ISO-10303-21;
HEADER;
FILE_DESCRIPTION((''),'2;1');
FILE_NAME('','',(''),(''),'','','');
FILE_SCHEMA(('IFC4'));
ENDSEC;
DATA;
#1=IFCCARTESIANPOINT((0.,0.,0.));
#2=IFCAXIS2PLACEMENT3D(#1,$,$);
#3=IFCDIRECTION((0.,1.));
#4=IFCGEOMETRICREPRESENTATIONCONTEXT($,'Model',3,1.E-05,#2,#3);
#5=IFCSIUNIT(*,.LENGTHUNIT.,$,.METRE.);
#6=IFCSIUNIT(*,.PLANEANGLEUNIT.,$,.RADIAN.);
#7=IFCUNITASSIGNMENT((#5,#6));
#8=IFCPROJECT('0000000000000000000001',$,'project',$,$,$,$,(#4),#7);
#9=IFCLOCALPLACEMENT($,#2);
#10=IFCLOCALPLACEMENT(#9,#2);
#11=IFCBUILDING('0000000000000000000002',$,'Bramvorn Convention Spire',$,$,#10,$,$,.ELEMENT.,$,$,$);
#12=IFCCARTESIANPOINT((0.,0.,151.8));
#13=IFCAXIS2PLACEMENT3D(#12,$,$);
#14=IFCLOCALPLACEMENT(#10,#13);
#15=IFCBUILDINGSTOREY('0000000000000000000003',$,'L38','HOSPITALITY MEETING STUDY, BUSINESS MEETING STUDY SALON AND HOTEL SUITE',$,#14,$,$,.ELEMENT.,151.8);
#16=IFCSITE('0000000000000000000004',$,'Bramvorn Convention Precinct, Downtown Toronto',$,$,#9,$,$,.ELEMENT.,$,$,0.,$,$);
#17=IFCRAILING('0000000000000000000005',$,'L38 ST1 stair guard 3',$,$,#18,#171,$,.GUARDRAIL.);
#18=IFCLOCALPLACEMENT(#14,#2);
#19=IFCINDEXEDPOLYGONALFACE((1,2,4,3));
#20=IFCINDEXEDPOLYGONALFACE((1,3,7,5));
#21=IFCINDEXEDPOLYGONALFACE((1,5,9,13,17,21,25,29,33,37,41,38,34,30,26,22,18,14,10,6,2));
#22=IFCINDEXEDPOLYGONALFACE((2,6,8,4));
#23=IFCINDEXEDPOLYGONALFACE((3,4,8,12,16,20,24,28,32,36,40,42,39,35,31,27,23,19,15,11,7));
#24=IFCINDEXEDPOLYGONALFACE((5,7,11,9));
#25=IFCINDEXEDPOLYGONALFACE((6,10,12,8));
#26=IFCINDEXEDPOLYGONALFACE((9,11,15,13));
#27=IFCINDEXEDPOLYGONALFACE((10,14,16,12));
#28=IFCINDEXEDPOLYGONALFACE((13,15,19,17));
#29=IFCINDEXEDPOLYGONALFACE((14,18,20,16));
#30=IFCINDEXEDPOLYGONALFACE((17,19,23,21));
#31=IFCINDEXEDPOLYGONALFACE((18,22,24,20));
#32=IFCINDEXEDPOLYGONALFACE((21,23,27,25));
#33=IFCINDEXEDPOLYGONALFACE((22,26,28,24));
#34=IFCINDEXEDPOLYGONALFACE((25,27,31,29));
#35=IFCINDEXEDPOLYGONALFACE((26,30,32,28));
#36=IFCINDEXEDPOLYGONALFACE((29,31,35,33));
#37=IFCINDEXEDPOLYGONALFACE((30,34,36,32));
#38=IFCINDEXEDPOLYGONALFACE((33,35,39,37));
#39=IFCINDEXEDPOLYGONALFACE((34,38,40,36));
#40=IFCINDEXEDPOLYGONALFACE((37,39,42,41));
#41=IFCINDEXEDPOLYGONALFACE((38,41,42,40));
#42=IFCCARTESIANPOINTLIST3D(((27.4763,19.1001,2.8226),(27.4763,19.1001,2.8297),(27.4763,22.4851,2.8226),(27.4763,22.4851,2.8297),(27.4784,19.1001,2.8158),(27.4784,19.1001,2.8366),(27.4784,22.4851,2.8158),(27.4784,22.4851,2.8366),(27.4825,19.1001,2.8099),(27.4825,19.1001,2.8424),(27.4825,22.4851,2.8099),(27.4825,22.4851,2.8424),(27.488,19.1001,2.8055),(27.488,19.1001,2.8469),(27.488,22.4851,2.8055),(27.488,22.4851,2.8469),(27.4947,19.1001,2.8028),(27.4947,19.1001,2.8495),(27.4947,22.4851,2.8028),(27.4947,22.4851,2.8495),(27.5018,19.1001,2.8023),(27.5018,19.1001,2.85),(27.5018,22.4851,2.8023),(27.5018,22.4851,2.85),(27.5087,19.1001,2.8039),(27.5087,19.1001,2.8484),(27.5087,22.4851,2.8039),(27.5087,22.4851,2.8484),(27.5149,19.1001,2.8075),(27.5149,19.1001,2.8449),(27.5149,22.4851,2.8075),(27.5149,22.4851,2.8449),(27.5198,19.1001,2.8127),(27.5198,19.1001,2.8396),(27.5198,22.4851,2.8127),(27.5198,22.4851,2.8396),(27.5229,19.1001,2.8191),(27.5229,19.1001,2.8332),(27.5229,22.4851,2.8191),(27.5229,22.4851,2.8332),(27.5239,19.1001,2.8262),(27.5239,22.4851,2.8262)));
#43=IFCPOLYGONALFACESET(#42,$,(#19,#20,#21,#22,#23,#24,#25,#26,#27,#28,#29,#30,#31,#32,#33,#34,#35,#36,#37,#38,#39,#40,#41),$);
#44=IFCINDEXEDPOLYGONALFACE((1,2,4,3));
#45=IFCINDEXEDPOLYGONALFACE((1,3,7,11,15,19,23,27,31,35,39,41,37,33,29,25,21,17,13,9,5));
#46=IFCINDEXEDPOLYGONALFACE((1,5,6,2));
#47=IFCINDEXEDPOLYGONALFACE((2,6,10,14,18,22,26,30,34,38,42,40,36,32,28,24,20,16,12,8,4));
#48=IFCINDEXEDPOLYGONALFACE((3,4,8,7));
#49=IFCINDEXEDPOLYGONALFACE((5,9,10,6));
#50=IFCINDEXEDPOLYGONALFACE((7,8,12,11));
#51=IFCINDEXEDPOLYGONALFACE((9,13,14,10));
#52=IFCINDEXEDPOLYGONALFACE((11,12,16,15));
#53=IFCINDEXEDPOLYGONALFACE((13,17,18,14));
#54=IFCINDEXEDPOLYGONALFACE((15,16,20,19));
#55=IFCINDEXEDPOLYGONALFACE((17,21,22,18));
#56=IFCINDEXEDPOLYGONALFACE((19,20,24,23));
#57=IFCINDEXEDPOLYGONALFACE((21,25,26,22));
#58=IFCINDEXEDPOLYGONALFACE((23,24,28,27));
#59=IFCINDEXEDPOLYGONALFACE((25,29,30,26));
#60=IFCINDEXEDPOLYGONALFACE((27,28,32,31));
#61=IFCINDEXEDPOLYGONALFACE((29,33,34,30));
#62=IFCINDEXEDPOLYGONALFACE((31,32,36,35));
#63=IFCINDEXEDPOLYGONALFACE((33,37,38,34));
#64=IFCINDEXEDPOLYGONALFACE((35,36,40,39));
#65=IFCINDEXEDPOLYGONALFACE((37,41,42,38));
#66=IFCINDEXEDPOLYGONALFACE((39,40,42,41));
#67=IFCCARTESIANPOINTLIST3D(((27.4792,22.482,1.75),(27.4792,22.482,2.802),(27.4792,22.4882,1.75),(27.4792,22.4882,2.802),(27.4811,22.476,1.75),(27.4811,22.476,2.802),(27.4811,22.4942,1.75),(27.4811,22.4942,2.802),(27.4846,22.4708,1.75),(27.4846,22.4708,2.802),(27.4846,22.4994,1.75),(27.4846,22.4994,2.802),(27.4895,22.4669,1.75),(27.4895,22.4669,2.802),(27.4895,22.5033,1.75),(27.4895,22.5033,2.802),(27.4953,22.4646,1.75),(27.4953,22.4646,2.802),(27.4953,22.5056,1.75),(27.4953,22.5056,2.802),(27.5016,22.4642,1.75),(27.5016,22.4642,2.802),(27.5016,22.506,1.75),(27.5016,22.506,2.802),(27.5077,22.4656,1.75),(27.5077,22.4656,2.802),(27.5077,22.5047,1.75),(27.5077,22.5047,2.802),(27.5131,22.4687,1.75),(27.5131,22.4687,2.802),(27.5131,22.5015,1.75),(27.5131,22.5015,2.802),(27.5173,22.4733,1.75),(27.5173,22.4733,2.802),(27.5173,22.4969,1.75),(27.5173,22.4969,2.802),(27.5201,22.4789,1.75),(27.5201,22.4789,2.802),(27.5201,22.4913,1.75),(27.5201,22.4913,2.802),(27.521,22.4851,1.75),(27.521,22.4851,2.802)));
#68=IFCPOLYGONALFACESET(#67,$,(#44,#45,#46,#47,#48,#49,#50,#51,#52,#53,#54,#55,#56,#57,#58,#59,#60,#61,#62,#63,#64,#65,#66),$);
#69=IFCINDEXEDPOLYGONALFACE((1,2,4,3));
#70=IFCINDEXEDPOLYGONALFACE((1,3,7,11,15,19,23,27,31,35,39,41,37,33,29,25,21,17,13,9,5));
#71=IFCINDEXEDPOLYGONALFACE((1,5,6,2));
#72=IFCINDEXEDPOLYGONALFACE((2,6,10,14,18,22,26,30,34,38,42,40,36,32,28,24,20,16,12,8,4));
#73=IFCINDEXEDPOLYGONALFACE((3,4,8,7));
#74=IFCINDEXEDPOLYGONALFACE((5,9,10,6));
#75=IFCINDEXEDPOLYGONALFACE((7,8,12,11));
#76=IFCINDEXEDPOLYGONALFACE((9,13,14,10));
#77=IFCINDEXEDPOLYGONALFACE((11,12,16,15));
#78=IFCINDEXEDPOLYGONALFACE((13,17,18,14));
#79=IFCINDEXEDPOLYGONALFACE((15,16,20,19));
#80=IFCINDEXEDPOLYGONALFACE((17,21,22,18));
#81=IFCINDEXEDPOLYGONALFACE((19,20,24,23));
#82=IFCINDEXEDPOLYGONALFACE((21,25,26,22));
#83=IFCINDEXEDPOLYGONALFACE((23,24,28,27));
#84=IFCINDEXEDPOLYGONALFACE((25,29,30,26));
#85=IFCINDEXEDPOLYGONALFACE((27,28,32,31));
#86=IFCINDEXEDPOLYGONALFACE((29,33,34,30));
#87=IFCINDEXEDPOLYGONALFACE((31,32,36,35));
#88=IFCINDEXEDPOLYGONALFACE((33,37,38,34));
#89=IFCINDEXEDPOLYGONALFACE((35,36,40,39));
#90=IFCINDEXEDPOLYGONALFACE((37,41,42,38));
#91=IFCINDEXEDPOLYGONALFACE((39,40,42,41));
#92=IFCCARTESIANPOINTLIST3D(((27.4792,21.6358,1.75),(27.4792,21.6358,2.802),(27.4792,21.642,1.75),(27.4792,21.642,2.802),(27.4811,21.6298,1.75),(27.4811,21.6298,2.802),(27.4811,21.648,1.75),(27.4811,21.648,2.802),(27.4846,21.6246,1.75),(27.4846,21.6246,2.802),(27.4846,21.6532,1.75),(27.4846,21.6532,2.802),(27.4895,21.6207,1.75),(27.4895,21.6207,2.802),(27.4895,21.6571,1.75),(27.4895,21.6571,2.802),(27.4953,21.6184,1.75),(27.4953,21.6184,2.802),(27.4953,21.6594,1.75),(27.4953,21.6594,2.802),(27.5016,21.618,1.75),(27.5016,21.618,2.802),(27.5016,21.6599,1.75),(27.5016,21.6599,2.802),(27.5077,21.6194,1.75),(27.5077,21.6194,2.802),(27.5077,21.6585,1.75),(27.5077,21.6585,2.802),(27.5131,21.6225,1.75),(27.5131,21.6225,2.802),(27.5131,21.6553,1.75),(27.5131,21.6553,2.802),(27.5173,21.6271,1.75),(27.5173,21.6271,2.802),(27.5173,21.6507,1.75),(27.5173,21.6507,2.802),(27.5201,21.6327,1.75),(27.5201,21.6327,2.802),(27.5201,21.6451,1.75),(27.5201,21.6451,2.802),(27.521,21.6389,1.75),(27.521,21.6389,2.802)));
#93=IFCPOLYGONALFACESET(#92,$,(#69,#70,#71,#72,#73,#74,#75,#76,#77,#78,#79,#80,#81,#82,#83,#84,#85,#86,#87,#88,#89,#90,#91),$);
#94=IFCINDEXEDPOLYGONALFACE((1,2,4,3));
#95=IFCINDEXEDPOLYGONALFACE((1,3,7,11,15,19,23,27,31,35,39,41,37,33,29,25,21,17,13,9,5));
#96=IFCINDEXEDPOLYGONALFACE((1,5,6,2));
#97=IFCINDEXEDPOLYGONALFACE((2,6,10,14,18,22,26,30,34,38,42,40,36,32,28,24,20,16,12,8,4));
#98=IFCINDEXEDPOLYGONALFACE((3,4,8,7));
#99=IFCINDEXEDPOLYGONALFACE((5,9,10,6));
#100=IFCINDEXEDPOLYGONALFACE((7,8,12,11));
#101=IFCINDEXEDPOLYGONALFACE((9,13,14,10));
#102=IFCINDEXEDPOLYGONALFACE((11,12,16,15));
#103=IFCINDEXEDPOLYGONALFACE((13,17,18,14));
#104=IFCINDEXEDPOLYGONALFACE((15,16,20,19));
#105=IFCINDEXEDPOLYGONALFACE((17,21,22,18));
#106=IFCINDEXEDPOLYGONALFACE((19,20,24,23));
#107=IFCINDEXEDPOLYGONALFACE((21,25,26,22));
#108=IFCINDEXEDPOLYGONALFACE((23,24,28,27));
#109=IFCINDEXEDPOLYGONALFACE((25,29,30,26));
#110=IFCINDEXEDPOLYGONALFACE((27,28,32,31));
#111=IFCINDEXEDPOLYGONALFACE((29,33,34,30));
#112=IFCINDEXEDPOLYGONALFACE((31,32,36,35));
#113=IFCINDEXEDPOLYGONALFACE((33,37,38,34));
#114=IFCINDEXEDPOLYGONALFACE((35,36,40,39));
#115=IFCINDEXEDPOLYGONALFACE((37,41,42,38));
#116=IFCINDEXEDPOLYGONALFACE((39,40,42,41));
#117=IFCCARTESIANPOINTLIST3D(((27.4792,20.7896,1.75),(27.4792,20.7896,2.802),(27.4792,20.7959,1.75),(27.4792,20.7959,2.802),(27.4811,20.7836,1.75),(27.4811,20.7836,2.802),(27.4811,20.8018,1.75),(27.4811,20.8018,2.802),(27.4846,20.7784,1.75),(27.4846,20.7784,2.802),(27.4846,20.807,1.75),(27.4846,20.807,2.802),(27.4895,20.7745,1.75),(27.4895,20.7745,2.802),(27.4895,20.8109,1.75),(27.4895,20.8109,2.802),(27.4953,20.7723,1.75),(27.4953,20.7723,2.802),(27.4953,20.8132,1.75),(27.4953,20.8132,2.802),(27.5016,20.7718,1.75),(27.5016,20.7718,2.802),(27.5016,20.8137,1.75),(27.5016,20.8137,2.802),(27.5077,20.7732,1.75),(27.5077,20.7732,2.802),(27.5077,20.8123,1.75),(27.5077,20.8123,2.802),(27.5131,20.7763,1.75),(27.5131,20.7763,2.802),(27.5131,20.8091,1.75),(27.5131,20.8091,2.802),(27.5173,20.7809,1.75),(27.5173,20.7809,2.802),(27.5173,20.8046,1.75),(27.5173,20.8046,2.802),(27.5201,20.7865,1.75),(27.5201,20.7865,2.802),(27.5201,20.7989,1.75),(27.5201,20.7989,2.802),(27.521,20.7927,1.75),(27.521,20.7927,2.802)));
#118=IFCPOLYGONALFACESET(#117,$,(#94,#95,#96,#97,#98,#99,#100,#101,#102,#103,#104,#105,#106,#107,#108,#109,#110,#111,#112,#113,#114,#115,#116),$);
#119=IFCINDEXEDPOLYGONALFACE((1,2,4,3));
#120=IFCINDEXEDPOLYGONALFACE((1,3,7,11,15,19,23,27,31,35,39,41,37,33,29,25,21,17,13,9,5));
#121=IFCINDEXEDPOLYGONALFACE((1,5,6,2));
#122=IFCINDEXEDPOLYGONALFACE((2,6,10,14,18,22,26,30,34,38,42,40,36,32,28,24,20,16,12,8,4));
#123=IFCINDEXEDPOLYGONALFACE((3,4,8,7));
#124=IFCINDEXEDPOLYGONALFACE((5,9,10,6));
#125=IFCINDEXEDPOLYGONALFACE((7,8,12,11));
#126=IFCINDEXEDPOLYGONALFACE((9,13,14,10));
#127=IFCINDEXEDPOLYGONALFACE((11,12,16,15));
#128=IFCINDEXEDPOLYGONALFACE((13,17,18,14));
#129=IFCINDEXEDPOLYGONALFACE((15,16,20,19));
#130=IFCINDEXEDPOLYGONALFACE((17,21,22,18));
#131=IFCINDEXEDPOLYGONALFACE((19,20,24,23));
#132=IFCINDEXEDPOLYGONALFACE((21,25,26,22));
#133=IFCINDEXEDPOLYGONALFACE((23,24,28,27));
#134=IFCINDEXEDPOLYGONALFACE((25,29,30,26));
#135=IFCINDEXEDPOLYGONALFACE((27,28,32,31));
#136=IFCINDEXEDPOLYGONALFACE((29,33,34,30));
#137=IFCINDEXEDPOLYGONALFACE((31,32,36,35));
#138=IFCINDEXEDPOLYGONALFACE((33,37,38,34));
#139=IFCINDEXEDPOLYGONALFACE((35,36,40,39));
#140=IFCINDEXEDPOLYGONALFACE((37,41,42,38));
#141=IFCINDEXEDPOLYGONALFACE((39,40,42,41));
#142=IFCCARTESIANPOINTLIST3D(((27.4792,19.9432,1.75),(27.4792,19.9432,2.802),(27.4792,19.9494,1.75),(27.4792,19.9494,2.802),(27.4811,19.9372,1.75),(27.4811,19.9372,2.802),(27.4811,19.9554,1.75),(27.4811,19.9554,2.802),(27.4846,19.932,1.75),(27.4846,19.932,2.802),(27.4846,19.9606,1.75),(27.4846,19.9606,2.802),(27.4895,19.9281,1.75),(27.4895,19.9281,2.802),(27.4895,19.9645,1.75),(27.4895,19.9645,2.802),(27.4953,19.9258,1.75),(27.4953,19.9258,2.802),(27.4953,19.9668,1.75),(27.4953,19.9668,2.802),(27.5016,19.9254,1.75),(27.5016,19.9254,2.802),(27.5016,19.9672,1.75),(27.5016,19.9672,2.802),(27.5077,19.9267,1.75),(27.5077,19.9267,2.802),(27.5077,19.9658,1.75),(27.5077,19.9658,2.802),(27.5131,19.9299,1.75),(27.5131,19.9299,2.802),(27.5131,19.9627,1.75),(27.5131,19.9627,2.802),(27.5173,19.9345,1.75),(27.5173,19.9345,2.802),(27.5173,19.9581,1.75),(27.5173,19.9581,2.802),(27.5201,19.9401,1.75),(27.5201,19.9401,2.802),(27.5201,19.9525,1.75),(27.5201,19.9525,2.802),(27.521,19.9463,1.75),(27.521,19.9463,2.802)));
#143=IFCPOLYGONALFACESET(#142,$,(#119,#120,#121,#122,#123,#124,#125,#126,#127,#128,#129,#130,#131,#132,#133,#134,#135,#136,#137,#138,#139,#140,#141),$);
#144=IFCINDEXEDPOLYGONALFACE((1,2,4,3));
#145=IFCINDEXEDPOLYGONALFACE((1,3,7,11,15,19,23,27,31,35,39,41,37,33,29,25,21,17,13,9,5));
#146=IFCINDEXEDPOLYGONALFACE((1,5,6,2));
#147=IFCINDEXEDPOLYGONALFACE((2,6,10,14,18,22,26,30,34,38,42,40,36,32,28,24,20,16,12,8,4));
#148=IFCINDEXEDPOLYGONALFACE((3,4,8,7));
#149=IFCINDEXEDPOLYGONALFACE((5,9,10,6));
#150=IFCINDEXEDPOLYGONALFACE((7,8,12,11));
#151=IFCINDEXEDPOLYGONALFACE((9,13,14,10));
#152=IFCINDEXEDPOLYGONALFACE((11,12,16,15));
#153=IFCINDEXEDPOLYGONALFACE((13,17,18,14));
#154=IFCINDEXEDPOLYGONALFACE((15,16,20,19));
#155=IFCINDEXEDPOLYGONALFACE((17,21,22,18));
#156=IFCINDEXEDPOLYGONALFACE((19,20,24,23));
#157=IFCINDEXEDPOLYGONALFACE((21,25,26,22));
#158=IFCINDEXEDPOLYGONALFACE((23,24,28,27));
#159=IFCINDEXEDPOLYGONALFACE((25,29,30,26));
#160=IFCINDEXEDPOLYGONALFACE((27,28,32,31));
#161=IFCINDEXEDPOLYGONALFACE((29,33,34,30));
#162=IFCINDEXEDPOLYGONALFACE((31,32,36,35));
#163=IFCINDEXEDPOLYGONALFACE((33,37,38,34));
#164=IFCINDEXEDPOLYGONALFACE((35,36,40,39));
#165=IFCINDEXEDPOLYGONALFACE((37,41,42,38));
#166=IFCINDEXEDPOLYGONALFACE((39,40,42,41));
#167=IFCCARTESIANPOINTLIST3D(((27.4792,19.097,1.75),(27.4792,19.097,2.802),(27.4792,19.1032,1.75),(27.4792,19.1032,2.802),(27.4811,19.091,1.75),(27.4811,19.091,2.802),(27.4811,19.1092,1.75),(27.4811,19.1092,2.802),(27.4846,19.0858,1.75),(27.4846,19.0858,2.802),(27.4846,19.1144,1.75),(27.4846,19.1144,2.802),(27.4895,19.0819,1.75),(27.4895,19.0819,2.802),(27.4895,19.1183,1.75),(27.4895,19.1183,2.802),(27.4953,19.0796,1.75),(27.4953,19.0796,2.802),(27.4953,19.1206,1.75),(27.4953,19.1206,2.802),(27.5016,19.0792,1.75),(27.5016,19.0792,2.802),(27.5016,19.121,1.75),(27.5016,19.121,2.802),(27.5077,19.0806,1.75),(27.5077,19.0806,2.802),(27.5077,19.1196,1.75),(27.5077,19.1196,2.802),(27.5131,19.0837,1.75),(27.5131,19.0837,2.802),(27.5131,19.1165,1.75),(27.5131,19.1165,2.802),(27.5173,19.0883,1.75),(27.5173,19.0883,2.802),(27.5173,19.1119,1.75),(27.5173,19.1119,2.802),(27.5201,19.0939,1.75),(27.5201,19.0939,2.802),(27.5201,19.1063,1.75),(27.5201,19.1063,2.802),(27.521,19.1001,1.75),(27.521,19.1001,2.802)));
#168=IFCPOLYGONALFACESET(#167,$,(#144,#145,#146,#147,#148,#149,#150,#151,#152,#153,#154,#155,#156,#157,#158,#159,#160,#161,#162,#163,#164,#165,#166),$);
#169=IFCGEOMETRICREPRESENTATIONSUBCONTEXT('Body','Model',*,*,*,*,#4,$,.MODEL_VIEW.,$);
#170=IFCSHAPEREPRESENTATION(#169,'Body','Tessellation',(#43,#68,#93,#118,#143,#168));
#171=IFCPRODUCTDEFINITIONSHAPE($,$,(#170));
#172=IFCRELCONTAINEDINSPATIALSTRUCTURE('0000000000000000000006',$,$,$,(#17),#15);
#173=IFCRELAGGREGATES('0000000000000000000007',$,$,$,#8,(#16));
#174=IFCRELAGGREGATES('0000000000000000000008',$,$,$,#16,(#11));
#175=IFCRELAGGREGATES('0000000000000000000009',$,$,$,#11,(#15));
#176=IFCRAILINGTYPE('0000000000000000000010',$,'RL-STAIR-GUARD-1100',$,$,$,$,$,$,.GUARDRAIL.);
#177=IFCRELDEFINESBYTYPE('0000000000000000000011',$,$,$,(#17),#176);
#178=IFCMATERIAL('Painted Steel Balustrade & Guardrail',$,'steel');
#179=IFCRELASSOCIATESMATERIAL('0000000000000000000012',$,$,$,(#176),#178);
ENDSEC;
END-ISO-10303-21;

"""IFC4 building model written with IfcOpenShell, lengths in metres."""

from ifc_helpers import new_model, si_unit, direction, frame, origin, origin_2d, place, context, subcontext, project, spatial, circle, extrude, material, type_object, element, save


model = new_model("IFC4")

# Units and contexts
model_context = context("Model", 3, precision=1e-05, world=origin(), true_north=direction((0.0, 1.0)))
body_context = subcontext(model_context, "Body", "Model", "MODEL_VIEW")
ifc_project = project(units=[si_unit("LENGTHUNIT", "METRE"), si_unit("PLANEANGLEUNIT", "RADIAN")], contexts=[model_context])

# Site, building, storey
site_placement = place(None, origin())
site = spatial("IfcSite", under=ifc_project, at=site_placement, Name="Bramvorn Convention Precinct, Downtown Toronto", CompositionType="ELEMENT", RefElevation=0.0)
building_placement = place(site_placement, origin())
building = spatial("IfcBuilding", under=site, at=building_placement, Name="Bramvorn Convention Spire", CompositionType="ELEMENT")
storey_placement = place(building_placement, frame((0.0, 0.0, 151.8)))
storey = spatial("IfcBuildingStorey", under=building, at=storey_placement, Name="L38", Description="HOSPITALITY MEETING STUDY, BUSINESS MEETING STUDY SALON AND HOTEL SUITE", CompositionType="ELEMENT", Elevation=151.8)

# Railing
ifc_material_1 = material(Name="Painted Steel Balustrade & Guardrail", Category="steel")
railing_type_1 = type_object("IfcRailingType", Name="RL-STAIR-GUARD-1100", PredefinedType="GUARDRAIL", material=ifc_material_1)
for number, where, name in (
    (1, (27.5, 22.4851, 1.75), "L38 ST1 stair guard 3"),
):
    element("IfcRailing", number, at=place(storey_placement, frame(where)), inside=storey, type_object=railing_type_1, Name=name, PredefinedType="GUARDRAIL", context=body_context, shape_type="SweptSolid", body=[
        extrude(circle(Radius=0.0239, at=origin_2d()), frame((0.0, 0.0, 1.0762), z_axis=(0.0, -1.0, 0.0), x_axis=(1.0, 0.0, 0.0)), (0.0, 0.0, 1.0), 3.385),
        extrude(circle(Radius=0.021, at=origin_2d()), origin(), (0.0, 0.0, 1.0), 1.052),
        extrude(circle(Radius=0.021, at=origin_2d()), frame((0.0, -0.8462, 0.0)), (0.0, 0.0, 1.0), 1.052),
        extrude(circle(Radius=0.021, at=origin_2d()), frame((0.0, -1.6924, 0.0)), (0.0, 0.0, 1.0), 1.052),
        extrude(circle(Radius=0.021, at=origin_2d()), frame((0.0, -2.5388, 0.0)), (0.0, 0.0, 1.0), 1.052),
        extrude(circle(Radius=0.021, at=origin_2d()), frame((0.0, -3.385, 0.0)), (0.0, 0.0, 1.0), 1.052),
    ])

save(model, "model.ifc")
